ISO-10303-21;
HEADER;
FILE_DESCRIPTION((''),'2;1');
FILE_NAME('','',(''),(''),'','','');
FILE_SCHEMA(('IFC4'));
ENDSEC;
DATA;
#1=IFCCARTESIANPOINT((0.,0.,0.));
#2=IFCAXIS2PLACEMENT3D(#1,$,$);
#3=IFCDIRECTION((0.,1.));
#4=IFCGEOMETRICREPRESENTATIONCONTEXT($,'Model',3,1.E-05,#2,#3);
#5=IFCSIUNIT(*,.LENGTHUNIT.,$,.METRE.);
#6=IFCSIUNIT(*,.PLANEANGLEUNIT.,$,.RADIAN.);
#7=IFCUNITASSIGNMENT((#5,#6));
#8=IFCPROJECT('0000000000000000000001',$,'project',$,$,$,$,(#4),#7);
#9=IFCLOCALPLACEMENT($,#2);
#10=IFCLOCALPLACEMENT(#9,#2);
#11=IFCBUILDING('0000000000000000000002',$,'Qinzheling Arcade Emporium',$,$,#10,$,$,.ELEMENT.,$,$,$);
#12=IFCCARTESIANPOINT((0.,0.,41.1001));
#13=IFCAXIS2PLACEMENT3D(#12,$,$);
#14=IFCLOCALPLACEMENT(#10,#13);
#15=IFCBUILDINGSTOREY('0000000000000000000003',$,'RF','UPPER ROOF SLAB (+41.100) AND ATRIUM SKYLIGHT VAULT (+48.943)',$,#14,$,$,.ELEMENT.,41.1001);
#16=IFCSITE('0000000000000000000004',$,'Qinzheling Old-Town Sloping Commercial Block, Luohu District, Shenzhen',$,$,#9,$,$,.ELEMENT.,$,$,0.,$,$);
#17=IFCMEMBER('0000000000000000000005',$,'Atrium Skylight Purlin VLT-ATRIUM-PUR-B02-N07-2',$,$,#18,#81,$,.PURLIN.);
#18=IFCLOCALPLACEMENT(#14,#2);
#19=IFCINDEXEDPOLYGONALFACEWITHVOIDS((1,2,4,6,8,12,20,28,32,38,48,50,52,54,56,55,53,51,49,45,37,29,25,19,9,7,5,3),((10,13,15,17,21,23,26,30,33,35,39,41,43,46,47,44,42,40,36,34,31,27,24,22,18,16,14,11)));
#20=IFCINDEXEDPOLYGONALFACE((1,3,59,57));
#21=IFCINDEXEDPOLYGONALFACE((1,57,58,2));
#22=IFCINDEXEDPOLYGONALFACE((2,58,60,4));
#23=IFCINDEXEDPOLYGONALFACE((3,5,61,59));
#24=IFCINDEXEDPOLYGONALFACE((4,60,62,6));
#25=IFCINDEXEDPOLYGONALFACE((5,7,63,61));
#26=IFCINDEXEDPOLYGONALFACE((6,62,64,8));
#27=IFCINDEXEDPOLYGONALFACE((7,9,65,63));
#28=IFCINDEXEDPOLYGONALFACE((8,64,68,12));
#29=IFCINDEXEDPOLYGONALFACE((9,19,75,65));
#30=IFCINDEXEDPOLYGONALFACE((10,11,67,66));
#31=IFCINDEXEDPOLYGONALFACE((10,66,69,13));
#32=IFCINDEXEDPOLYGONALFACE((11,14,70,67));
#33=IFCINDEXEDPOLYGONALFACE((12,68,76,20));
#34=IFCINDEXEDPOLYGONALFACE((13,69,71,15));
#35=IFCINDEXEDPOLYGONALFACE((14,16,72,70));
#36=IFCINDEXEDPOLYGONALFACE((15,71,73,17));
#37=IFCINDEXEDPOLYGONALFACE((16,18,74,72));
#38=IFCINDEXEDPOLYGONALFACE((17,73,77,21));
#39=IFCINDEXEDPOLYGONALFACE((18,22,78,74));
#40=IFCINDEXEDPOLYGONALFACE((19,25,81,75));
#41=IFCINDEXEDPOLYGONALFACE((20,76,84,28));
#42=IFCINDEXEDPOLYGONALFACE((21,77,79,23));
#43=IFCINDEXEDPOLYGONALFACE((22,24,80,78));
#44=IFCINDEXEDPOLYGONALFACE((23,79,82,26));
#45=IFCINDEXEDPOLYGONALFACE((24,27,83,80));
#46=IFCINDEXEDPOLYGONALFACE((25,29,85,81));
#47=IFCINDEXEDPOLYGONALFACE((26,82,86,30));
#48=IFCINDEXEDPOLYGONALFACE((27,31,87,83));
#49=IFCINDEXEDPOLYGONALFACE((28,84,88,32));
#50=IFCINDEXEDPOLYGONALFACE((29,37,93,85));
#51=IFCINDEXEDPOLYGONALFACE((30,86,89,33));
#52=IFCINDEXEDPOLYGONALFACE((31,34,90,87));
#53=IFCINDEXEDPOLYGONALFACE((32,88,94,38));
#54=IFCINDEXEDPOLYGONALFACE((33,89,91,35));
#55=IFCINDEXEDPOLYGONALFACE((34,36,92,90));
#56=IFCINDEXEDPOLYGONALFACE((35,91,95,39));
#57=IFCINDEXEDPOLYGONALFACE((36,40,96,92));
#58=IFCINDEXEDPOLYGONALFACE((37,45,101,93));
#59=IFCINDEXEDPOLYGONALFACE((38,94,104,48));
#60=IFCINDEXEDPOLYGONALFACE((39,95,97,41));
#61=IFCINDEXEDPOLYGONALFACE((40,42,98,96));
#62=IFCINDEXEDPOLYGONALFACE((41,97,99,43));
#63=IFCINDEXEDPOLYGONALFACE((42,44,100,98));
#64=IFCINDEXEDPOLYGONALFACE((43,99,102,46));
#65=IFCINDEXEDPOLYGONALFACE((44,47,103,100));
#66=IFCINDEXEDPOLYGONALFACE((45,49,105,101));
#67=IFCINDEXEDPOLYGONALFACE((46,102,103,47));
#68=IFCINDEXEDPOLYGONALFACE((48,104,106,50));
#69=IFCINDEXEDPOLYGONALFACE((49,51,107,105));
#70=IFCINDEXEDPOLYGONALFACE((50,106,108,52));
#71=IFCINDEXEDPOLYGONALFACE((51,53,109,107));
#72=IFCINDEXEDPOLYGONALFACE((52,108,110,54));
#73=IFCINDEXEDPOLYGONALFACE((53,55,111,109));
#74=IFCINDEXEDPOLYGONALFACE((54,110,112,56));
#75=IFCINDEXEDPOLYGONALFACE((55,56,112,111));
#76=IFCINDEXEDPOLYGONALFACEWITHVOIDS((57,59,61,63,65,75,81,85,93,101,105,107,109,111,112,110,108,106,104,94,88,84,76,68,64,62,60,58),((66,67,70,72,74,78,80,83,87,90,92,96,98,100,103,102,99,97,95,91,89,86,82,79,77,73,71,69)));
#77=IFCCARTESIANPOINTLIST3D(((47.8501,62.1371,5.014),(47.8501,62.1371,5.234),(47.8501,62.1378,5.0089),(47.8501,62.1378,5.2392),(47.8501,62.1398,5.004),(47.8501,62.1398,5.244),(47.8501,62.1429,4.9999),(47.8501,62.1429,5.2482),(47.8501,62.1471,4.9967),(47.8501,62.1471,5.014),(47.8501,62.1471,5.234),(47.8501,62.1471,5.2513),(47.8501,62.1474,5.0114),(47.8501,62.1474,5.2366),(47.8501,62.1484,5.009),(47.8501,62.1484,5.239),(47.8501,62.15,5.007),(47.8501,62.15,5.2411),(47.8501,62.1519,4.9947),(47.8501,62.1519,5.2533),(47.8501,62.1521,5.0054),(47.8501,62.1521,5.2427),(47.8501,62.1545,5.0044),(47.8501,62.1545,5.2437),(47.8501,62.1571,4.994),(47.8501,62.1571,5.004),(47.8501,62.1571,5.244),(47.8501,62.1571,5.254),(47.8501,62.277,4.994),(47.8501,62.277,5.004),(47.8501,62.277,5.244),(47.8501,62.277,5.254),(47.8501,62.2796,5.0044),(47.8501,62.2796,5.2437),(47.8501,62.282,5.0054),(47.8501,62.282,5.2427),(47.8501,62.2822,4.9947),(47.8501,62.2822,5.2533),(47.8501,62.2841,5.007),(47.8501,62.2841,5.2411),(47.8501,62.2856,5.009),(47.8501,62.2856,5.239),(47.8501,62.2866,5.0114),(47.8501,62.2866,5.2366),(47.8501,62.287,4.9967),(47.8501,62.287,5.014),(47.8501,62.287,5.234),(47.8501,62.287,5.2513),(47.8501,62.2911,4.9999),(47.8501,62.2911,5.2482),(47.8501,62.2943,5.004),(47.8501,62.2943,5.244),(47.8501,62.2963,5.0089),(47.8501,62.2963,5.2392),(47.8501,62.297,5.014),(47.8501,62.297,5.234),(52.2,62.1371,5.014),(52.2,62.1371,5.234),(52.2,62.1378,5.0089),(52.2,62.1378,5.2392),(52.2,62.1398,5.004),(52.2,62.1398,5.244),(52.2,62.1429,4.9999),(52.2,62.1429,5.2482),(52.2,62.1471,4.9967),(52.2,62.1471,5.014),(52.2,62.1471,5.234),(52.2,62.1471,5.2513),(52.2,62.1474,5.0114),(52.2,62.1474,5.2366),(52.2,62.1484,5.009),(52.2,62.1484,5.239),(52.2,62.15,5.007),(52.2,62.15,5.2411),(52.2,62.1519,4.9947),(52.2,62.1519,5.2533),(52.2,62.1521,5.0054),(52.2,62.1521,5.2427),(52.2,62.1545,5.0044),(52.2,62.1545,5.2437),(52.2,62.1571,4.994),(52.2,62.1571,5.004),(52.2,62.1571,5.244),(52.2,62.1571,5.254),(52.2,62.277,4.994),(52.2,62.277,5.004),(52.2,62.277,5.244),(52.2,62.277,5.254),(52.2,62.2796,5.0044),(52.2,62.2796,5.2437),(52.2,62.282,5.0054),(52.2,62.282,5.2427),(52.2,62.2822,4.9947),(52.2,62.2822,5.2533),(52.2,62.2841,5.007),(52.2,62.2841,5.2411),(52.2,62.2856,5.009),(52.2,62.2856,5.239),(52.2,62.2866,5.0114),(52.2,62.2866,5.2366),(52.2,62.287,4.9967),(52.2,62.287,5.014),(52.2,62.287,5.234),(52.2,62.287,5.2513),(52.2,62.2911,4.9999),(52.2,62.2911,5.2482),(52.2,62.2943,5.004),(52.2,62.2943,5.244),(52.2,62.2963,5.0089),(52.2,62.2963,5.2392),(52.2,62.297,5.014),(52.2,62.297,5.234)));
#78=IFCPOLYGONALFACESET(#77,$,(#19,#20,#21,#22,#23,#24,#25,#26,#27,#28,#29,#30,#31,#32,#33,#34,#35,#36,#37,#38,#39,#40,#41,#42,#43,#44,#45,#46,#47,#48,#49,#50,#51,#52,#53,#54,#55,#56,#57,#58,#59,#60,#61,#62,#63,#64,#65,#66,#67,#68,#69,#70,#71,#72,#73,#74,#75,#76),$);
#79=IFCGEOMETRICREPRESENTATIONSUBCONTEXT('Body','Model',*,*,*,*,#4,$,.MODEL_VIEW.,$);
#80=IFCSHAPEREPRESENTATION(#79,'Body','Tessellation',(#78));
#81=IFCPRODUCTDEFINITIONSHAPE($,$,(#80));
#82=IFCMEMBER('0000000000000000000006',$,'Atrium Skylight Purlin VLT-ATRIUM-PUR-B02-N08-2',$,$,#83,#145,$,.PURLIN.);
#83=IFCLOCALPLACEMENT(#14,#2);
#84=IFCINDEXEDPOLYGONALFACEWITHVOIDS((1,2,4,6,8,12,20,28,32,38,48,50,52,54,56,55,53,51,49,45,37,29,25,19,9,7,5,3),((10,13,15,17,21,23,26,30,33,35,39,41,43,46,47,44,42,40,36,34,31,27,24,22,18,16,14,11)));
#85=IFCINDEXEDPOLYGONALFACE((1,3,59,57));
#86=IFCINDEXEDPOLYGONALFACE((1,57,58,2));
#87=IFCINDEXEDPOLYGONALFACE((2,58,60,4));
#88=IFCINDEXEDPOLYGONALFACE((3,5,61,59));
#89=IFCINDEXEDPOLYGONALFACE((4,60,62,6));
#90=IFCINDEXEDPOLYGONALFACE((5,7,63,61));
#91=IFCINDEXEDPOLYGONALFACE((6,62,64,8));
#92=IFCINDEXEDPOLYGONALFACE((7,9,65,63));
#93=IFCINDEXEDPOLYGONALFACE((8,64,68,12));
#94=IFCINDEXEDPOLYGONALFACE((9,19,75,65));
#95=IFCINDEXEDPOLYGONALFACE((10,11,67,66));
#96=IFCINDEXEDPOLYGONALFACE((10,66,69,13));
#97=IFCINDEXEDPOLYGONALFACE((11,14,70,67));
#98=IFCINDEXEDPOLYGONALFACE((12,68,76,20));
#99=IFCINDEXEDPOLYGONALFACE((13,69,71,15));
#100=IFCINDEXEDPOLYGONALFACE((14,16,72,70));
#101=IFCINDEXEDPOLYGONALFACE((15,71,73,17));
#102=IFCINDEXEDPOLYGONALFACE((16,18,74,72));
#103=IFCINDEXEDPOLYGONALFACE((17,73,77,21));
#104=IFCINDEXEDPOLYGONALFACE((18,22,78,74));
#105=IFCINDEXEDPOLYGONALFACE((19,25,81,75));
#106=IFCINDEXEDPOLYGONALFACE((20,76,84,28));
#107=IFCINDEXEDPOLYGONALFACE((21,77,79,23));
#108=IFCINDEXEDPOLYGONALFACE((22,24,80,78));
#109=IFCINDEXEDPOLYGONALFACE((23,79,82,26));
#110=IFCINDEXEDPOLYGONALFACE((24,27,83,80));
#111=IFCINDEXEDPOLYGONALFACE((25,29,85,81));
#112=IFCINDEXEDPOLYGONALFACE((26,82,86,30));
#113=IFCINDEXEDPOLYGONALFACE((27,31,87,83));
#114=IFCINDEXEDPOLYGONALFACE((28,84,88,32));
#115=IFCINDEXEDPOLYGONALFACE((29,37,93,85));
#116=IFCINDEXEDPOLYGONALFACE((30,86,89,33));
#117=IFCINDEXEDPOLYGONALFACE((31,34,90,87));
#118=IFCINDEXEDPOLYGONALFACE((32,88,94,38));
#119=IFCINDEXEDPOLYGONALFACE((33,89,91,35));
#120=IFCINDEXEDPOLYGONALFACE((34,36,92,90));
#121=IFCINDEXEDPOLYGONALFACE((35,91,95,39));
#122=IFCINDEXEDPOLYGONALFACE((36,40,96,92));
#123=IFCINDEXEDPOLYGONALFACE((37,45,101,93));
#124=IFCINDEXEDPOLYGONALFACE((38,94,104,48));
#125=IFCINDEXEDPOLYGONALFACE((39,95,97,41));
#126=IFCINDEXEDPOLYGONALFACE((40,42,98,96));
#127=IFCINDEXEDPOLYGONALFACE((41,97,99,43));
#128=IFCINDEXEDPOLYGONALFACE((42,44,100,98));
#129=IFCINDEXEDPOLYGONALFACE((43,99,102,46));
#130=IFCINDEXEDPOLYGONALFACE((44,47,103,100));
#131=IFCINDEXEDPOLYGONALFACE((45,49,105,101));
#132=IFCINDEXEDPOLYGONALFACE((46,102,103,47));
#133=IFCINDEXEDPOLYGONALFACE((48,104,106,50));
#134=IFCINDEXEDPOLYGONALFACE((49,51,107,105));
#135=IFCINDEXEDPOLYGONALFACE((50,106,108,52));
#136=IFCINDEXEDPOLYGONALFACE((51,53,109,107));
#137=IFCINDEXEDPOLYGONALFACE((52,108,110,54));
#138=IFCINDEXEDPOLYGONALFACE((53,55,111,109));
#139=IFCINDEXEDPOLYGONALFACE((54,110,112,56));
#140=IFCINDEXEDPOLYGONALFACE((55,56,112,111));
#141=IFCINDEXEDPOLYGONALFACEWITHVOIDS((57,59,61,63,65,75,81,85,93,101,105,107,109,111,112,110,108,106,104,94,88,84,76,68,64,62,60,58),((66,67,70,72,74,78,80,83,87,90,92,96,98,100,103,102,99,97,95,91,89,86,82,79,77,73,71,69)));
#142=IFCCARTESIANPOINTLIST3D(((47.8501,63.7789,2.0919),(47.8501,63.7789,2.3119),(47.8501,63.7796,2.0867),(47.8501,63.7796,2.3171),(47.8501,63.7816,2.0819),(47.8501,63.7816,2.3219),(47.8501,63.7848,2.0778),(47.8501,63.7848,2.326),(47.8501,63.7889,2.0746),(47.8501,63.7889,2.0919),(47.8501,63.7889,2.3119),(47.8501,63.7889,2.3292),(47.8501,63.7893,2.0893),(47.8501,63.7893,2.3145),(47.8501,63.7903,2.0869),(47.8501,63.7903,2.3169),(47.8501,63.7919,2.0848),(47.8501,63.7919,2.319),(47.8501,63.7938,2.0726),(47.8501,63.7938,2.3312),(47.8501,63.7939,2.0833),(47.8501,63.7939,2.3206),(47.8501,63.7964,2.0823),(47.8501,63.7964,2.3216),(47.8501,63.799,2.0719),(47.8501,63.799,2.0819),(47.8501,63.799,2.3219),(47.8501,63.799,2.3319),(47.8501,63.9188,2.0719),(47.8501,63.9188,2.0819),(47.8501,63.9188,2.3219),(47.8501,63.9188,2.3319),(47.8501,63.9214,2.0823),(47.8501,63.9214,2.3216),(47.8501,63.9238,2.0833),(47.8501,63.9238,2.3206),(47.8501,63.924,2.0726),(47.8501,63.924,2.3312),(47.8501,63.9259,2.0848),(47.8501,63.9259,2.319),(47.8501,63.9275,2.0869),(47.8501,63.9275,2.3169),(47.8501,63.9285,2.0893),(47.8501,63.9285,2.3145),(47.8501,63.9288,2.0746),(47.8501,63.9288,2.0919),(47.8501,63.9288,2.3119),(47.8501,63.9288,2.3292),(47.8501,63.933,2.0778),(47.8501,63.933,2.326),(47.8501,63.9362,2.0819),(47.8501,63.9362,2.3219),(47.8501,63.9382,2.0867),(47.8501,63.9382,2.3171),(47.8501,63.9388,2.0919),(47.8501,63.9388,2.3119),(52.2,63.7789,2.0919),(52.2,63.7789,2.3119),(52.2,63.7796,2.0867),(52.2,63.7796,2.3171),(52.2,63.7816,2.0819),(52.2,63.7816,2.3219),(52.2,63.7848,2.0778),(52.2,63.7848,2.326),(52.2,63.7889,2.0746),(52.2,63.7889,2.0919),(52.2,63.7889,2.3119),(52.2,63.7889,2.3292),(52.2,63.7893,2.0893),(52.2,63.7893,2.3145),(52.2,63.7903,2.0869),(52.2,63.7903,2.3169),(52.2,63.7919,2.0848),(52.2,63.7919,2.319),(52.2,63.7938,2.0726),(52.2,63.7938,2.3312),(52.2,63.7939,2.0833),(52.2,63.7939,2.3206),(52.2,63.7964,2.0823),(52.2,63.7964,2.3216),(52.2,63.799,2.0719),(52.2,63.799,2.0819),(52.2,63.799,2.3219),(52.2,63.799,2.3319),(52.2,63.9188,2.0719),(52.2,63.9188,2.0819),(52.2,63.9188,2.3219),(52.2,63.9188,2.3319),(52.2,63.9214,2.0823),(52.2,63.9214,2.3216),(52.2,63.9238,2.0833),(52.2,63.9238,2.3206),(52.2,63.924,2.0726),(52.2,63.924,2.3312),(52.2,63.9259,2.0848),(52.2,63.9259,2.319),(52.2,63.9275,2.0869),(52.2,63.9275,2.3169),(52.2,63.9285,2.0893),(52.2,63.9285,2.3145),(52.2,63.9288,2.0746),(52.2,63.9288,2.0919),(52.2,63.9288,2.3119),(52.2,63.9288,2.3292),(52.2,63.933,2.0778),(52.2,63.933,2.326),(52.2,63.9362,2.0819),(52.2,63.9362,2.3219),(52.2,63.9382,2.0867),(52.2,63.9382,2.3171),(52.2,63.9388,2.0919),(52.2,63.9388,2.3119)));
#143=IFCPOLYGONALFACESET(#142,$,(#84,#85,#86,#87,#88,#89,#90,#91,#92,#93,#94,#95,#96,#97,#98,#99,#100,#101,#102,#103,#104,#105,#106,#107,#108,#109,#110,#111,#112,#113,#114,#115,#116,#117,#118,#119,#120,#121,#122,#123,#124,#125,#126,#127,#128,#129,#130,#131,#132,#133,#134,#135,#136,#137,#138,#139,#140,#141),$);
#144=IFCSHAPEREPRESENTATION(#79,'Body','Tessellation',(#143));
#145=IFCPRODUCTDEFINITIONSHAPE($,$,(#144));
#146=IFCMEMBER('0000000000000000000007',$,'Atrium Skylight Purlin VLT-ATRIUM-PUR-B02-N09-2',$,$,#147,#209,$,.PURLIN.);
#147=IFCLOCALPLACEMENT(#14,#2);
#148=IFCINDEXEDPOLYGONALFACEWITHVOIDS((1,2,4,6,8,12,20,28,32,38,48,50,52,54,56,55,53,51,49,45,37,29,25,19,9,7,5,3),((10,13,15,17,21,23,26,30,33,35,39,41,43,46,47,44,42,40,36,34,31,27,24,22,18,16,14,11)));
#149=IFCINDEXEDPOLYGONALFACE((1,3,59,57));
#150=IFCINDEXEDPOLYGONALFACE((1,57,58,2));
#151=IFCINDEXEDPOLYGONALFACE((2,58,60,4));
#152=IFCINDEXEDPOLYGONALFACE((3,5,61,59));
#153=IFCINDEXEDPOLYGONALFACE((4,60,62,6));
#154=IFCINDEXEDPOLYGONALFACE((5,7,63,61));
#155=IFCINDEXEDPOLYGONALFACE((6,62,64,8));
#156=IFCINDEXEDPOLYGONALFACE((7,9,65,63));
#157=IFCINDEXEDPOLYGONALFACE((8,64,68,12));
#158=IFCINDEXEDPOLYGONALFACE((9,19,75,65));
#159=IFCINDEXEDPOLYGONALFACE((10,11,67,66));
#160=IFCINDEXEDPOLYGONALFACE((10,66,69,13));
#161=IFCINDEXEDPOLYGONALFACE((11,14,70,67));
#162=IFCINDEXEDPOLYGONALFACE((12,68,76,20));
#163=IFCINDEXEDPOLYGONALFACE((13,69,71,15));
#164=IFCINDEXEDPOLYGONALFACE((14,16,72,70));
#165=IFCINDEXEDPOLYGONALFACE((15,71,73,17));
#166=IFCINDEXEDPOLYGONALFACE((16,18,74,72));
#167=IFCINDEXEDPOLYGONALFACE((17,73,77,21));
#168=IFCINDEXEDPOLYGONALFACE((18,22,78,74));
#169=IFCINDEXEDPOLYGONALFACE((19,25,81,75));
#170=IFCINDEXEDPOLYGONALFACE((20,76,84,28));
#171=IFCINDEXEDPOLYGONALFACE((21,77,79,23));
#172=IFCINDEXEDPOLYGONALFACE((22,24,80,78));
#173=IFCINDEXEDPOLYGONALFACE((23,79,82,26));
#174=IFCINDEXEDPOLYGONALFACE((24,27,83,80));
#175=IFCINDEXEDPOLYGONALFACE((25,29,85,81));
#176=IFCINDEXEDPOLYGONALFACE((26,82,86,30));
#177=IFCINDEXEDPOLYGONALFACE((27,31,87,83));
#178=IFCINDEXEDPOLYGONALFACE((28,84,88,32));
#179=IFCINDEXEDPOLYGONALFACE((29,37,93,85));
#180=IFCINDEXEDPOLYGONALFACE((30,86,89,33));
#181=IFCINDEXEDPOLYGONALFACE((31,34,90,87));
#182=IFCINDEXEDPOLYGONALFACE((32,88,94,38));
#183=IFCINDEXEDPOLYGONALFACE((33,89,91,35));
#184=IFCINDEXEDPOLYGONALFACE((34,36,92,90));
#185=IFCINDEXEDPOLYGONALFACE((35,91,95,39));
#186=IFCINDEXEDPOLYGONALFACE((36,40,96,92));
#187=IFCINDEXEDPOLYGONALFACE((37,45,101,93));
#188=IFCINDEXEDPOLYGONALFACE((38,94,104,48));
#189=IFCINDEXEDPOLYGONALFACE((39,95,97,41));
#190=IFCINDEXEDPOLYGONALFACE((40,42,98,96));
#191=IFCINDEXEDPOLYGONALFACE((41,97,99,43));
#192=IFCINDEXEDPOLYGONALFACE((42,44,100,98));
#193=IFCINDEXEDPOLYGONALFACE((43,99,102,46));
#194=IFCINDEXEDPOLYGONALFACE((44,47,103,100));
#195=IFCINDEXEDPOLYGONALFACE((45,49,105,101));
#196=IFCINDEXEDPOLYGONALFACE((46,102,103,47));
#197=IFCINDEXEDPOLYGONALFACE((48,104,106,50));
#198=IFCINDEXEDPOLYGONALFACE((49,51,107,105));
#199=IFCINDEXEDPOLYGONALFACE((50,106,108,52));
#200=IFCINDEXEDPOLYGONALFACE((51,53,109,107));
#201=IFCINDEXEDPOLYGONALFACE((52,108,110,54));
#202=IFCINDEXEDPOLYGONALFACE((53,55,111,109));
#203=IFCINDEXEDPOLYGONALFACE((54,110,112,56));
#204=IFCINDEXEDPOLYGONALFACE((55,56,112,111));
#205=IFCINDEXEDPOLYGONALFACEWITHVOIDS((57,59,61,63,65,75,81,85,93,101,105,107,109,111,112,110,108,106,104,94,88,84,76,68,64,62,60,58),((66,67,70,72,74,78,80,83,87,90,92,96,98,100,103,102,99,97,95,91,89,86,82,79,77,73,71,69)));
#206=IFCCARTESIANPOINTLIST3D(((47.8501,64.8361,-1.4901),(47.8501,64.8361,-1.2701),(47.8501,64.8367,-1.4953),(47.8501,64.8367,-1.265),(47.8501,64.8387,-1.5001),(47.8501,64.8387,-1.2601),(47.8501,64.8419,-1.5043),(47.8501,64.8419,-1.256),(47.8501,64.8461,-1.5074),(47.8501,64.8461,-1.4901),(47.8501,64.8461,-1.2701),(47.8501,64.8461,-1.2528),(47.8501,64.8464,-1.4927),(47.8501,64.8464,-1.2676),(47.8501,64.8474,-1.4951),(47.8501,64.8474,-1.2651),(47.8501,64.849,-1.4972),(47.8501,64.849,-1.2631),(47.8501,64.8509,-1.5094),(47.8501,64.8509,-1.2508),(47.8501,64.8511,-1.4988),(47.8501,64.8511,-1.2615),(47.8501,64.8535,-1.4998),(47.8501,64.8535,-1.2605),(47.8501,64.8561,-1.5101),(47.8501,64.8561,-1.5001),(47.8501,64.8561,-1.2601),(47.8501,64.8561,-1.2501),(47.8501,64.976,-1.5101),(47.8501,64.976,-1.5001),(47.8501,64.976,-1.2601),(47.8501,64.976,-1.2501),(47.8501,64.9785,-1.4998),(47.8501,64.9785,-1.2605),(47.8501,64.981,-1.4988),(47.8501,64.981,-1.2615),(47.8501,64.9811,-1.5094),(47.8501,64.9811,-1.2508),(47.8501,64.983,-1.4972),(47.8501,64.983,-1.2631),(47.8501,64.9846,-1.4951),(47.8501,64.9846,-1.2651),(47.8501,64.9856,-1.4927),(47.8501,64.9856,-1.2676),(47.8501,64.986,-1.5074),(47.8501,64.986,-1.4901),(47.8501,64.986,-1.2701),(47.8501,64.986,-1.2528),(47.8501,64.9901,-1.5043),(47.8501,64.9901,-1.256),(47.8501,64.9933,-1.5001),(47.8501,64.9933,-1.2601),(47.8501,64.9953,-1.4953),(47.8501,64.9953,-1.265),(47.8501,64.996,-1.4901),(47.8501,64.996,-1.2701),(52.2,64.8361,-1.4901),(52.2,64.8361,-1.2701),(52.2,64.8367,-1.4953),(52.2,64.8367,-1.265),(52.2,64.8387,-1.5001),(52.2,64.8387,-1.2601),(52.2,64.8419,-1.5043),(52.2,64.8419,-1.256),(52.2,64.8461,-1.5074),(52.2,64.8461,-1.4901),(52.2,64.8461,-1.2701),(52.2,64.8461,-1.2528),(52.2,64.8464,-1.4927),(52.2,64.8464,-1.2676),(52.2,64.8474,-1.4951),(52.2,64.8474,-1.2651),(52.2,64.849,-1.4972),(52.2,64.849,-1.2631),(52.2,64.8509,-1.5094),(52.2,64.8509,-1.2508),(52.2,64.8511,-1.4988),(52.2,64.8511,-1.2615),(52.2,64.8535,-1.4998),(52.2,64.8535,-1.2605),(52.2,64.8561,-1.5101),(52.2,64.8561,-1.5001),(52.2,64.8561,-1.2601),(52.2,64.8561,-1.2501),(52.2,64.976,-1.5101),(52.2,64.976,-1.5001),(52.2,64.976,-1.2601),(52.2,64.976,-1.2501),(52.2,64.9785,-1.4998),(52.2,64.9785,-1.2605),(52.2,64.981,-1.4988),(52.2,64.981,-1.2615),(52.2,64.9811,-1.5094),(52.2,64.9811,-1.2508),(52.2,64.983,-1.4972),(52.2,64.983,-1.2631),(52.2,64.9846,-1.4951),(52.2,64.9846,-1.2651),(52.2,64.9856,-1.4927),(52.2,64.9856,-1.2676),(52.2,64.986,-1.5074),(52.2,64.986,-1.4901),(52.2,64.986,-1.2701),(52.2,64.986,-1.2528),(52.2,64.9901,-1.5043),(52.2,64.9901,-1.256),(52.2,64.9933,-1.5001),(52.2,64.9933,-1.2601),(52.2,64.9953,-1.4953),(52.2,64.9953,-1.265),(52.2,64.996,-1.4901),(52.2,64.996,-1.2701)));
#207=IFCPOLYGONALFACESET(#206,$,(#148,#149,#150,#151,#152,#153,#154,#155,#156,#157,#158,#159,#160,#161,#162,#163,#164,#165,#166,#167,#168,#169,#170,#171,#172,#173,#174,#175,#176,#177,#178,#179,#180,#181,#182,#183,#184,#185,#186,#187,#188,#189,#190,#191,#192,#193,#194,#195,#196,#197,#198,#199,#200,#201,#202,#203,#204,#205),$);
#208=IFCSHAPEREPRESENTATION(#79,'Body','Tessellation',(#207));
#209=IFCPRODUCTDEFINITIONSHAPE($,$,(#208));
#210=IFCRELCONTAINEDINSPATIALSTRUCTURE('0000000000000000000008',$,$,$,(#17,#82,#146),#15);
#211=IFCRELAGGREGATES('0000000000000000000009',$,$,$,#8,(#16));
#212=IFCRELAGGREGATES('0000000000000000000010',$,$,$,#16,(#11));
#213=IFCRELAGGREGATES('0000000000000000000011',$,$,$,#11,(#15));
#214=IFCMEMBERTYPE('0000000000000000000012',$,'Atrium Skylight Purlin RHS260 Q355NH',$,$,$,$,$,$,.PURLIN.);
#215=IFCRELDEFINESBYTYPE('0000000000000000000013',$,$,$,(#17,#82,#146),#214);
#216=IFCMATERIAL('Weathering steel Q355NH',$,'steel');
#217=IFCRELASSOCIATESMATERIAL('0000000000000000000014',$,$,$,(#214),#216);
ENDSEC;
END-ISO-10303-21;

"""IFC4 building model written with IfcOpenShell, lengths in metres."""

from ifc_helpers import new_model, si_unit, direction, frame, origin, origin_2d, place, context, subcontext, project, spatial, hollow_rectangle, extrude, material, material_profile, profile_set, type_object, element, save


model = new_model("IFC4")

# Units and contexts
model_context = context("Model", 3, precision=1e-05, world=origin(), true_north=direction((0.0, 1.0)))
body_context = subcontext(model_context, "Body", "Model", "MODEL_VIEW")
ifc_project = project(units=[si_unit("LENGTHUNIT", "METRE"), si_unit("PLANEANGLEUNIT", "RADIAN")], contexts=[model_context])

# Site, building, storey
site_placement = place(None, origin())
site = spatial("IfcSite", under=ifc_project, at=site_placement, Name="Qinzheling Old-Town Sloping Commercial Block, Luohu District, Shenzhen", CompositionType="ELEMENT", RefElevation=0.0)
building_placement = place(site_placement, origin())
building = spatial("IfcBuilding", under=site, at=building_placement, Name="Qinzheling Arcade Emporium", CompositionType="ELEMENT")
storey_placement = place(building_placement, frame((0.0, 0.0, 41.1001)))
storey = spatial("IfcBuildingStorey", under=building, at=storey_placement, Name="RF", Description="UPPER ROOF SLAB (+41.100) AND ATRIUM SKYLIGHT VAULT (+48.943)", CompositionType="ELEMENT", Elevation=41.1001)

# Shared definitions
ifc_material_1 = material(Name="Weathering steel Q355NH", Category="steel")

# Members
ifc_material_profile_1 = material_profile(ifc_material_1, hollow_rectangle(XDim=0.1599, YDim=0.26, WallThickness=0.01, InnerFilletRadius=0.01, OuterFilletRadius=0.02, at=origin_2d()), Name="RHS 260x160x10", Category="steel")
ifc_profile_set_1 = profile_set([ifc_material_profile_1], Name="Weathering steel Q355NH")
member_type = type_object("IfcMemberType", Name="Atrium Skylight Purlin RHS260 Q355NH", PredefinedType="PURLIN", material=ifc_profile_set_1)
for number, where, z_axis, x_axis, name in (
    (1, (47.8501, 62.217, 5.124), (1.0, 0.0, 0.0), (0.0, 1.0, 0.0), "Atrium Skylight Purlin VLT-ATRIUM-PUR-B02-N07-2"),
    (2, (47.8501, 63.8589, 2.2019), (1.0, 0.0, 0.0), (0.0, 1.0, 0.0), "Atrium Skylight Purlin VLT-ATRIUM-PUR-B02-N08-2"),
    (3, (47.8501, 64.916, -1.3801), (1.0, 0.0, 0.0), (0.0, 1.0, 0.0), "Atrium Skylight Purlin VLT-ATRIUM-PUR-B02-N09-2"),
):
    element("IfcMember", number, at=place(storey_placement, frame(where, z_axis=z_axis, x_axis=x_axis)), inside=storey, type_object=member_type, Name=name, PredefinedType="PURLIN", context=body_context, shape_type="SweptSolid", body=[
        extrude(hollow_rectangle(XDim=0.1599, YDim=0.26, WallThickness=0.01, InnerFilletRadius=0.01, OuterFilletRadius=0.02, at=origin_2d()), origin(), (0.0, 0.0, 1.0), 4.3499),
    ])

save(model, "model.ifc")
